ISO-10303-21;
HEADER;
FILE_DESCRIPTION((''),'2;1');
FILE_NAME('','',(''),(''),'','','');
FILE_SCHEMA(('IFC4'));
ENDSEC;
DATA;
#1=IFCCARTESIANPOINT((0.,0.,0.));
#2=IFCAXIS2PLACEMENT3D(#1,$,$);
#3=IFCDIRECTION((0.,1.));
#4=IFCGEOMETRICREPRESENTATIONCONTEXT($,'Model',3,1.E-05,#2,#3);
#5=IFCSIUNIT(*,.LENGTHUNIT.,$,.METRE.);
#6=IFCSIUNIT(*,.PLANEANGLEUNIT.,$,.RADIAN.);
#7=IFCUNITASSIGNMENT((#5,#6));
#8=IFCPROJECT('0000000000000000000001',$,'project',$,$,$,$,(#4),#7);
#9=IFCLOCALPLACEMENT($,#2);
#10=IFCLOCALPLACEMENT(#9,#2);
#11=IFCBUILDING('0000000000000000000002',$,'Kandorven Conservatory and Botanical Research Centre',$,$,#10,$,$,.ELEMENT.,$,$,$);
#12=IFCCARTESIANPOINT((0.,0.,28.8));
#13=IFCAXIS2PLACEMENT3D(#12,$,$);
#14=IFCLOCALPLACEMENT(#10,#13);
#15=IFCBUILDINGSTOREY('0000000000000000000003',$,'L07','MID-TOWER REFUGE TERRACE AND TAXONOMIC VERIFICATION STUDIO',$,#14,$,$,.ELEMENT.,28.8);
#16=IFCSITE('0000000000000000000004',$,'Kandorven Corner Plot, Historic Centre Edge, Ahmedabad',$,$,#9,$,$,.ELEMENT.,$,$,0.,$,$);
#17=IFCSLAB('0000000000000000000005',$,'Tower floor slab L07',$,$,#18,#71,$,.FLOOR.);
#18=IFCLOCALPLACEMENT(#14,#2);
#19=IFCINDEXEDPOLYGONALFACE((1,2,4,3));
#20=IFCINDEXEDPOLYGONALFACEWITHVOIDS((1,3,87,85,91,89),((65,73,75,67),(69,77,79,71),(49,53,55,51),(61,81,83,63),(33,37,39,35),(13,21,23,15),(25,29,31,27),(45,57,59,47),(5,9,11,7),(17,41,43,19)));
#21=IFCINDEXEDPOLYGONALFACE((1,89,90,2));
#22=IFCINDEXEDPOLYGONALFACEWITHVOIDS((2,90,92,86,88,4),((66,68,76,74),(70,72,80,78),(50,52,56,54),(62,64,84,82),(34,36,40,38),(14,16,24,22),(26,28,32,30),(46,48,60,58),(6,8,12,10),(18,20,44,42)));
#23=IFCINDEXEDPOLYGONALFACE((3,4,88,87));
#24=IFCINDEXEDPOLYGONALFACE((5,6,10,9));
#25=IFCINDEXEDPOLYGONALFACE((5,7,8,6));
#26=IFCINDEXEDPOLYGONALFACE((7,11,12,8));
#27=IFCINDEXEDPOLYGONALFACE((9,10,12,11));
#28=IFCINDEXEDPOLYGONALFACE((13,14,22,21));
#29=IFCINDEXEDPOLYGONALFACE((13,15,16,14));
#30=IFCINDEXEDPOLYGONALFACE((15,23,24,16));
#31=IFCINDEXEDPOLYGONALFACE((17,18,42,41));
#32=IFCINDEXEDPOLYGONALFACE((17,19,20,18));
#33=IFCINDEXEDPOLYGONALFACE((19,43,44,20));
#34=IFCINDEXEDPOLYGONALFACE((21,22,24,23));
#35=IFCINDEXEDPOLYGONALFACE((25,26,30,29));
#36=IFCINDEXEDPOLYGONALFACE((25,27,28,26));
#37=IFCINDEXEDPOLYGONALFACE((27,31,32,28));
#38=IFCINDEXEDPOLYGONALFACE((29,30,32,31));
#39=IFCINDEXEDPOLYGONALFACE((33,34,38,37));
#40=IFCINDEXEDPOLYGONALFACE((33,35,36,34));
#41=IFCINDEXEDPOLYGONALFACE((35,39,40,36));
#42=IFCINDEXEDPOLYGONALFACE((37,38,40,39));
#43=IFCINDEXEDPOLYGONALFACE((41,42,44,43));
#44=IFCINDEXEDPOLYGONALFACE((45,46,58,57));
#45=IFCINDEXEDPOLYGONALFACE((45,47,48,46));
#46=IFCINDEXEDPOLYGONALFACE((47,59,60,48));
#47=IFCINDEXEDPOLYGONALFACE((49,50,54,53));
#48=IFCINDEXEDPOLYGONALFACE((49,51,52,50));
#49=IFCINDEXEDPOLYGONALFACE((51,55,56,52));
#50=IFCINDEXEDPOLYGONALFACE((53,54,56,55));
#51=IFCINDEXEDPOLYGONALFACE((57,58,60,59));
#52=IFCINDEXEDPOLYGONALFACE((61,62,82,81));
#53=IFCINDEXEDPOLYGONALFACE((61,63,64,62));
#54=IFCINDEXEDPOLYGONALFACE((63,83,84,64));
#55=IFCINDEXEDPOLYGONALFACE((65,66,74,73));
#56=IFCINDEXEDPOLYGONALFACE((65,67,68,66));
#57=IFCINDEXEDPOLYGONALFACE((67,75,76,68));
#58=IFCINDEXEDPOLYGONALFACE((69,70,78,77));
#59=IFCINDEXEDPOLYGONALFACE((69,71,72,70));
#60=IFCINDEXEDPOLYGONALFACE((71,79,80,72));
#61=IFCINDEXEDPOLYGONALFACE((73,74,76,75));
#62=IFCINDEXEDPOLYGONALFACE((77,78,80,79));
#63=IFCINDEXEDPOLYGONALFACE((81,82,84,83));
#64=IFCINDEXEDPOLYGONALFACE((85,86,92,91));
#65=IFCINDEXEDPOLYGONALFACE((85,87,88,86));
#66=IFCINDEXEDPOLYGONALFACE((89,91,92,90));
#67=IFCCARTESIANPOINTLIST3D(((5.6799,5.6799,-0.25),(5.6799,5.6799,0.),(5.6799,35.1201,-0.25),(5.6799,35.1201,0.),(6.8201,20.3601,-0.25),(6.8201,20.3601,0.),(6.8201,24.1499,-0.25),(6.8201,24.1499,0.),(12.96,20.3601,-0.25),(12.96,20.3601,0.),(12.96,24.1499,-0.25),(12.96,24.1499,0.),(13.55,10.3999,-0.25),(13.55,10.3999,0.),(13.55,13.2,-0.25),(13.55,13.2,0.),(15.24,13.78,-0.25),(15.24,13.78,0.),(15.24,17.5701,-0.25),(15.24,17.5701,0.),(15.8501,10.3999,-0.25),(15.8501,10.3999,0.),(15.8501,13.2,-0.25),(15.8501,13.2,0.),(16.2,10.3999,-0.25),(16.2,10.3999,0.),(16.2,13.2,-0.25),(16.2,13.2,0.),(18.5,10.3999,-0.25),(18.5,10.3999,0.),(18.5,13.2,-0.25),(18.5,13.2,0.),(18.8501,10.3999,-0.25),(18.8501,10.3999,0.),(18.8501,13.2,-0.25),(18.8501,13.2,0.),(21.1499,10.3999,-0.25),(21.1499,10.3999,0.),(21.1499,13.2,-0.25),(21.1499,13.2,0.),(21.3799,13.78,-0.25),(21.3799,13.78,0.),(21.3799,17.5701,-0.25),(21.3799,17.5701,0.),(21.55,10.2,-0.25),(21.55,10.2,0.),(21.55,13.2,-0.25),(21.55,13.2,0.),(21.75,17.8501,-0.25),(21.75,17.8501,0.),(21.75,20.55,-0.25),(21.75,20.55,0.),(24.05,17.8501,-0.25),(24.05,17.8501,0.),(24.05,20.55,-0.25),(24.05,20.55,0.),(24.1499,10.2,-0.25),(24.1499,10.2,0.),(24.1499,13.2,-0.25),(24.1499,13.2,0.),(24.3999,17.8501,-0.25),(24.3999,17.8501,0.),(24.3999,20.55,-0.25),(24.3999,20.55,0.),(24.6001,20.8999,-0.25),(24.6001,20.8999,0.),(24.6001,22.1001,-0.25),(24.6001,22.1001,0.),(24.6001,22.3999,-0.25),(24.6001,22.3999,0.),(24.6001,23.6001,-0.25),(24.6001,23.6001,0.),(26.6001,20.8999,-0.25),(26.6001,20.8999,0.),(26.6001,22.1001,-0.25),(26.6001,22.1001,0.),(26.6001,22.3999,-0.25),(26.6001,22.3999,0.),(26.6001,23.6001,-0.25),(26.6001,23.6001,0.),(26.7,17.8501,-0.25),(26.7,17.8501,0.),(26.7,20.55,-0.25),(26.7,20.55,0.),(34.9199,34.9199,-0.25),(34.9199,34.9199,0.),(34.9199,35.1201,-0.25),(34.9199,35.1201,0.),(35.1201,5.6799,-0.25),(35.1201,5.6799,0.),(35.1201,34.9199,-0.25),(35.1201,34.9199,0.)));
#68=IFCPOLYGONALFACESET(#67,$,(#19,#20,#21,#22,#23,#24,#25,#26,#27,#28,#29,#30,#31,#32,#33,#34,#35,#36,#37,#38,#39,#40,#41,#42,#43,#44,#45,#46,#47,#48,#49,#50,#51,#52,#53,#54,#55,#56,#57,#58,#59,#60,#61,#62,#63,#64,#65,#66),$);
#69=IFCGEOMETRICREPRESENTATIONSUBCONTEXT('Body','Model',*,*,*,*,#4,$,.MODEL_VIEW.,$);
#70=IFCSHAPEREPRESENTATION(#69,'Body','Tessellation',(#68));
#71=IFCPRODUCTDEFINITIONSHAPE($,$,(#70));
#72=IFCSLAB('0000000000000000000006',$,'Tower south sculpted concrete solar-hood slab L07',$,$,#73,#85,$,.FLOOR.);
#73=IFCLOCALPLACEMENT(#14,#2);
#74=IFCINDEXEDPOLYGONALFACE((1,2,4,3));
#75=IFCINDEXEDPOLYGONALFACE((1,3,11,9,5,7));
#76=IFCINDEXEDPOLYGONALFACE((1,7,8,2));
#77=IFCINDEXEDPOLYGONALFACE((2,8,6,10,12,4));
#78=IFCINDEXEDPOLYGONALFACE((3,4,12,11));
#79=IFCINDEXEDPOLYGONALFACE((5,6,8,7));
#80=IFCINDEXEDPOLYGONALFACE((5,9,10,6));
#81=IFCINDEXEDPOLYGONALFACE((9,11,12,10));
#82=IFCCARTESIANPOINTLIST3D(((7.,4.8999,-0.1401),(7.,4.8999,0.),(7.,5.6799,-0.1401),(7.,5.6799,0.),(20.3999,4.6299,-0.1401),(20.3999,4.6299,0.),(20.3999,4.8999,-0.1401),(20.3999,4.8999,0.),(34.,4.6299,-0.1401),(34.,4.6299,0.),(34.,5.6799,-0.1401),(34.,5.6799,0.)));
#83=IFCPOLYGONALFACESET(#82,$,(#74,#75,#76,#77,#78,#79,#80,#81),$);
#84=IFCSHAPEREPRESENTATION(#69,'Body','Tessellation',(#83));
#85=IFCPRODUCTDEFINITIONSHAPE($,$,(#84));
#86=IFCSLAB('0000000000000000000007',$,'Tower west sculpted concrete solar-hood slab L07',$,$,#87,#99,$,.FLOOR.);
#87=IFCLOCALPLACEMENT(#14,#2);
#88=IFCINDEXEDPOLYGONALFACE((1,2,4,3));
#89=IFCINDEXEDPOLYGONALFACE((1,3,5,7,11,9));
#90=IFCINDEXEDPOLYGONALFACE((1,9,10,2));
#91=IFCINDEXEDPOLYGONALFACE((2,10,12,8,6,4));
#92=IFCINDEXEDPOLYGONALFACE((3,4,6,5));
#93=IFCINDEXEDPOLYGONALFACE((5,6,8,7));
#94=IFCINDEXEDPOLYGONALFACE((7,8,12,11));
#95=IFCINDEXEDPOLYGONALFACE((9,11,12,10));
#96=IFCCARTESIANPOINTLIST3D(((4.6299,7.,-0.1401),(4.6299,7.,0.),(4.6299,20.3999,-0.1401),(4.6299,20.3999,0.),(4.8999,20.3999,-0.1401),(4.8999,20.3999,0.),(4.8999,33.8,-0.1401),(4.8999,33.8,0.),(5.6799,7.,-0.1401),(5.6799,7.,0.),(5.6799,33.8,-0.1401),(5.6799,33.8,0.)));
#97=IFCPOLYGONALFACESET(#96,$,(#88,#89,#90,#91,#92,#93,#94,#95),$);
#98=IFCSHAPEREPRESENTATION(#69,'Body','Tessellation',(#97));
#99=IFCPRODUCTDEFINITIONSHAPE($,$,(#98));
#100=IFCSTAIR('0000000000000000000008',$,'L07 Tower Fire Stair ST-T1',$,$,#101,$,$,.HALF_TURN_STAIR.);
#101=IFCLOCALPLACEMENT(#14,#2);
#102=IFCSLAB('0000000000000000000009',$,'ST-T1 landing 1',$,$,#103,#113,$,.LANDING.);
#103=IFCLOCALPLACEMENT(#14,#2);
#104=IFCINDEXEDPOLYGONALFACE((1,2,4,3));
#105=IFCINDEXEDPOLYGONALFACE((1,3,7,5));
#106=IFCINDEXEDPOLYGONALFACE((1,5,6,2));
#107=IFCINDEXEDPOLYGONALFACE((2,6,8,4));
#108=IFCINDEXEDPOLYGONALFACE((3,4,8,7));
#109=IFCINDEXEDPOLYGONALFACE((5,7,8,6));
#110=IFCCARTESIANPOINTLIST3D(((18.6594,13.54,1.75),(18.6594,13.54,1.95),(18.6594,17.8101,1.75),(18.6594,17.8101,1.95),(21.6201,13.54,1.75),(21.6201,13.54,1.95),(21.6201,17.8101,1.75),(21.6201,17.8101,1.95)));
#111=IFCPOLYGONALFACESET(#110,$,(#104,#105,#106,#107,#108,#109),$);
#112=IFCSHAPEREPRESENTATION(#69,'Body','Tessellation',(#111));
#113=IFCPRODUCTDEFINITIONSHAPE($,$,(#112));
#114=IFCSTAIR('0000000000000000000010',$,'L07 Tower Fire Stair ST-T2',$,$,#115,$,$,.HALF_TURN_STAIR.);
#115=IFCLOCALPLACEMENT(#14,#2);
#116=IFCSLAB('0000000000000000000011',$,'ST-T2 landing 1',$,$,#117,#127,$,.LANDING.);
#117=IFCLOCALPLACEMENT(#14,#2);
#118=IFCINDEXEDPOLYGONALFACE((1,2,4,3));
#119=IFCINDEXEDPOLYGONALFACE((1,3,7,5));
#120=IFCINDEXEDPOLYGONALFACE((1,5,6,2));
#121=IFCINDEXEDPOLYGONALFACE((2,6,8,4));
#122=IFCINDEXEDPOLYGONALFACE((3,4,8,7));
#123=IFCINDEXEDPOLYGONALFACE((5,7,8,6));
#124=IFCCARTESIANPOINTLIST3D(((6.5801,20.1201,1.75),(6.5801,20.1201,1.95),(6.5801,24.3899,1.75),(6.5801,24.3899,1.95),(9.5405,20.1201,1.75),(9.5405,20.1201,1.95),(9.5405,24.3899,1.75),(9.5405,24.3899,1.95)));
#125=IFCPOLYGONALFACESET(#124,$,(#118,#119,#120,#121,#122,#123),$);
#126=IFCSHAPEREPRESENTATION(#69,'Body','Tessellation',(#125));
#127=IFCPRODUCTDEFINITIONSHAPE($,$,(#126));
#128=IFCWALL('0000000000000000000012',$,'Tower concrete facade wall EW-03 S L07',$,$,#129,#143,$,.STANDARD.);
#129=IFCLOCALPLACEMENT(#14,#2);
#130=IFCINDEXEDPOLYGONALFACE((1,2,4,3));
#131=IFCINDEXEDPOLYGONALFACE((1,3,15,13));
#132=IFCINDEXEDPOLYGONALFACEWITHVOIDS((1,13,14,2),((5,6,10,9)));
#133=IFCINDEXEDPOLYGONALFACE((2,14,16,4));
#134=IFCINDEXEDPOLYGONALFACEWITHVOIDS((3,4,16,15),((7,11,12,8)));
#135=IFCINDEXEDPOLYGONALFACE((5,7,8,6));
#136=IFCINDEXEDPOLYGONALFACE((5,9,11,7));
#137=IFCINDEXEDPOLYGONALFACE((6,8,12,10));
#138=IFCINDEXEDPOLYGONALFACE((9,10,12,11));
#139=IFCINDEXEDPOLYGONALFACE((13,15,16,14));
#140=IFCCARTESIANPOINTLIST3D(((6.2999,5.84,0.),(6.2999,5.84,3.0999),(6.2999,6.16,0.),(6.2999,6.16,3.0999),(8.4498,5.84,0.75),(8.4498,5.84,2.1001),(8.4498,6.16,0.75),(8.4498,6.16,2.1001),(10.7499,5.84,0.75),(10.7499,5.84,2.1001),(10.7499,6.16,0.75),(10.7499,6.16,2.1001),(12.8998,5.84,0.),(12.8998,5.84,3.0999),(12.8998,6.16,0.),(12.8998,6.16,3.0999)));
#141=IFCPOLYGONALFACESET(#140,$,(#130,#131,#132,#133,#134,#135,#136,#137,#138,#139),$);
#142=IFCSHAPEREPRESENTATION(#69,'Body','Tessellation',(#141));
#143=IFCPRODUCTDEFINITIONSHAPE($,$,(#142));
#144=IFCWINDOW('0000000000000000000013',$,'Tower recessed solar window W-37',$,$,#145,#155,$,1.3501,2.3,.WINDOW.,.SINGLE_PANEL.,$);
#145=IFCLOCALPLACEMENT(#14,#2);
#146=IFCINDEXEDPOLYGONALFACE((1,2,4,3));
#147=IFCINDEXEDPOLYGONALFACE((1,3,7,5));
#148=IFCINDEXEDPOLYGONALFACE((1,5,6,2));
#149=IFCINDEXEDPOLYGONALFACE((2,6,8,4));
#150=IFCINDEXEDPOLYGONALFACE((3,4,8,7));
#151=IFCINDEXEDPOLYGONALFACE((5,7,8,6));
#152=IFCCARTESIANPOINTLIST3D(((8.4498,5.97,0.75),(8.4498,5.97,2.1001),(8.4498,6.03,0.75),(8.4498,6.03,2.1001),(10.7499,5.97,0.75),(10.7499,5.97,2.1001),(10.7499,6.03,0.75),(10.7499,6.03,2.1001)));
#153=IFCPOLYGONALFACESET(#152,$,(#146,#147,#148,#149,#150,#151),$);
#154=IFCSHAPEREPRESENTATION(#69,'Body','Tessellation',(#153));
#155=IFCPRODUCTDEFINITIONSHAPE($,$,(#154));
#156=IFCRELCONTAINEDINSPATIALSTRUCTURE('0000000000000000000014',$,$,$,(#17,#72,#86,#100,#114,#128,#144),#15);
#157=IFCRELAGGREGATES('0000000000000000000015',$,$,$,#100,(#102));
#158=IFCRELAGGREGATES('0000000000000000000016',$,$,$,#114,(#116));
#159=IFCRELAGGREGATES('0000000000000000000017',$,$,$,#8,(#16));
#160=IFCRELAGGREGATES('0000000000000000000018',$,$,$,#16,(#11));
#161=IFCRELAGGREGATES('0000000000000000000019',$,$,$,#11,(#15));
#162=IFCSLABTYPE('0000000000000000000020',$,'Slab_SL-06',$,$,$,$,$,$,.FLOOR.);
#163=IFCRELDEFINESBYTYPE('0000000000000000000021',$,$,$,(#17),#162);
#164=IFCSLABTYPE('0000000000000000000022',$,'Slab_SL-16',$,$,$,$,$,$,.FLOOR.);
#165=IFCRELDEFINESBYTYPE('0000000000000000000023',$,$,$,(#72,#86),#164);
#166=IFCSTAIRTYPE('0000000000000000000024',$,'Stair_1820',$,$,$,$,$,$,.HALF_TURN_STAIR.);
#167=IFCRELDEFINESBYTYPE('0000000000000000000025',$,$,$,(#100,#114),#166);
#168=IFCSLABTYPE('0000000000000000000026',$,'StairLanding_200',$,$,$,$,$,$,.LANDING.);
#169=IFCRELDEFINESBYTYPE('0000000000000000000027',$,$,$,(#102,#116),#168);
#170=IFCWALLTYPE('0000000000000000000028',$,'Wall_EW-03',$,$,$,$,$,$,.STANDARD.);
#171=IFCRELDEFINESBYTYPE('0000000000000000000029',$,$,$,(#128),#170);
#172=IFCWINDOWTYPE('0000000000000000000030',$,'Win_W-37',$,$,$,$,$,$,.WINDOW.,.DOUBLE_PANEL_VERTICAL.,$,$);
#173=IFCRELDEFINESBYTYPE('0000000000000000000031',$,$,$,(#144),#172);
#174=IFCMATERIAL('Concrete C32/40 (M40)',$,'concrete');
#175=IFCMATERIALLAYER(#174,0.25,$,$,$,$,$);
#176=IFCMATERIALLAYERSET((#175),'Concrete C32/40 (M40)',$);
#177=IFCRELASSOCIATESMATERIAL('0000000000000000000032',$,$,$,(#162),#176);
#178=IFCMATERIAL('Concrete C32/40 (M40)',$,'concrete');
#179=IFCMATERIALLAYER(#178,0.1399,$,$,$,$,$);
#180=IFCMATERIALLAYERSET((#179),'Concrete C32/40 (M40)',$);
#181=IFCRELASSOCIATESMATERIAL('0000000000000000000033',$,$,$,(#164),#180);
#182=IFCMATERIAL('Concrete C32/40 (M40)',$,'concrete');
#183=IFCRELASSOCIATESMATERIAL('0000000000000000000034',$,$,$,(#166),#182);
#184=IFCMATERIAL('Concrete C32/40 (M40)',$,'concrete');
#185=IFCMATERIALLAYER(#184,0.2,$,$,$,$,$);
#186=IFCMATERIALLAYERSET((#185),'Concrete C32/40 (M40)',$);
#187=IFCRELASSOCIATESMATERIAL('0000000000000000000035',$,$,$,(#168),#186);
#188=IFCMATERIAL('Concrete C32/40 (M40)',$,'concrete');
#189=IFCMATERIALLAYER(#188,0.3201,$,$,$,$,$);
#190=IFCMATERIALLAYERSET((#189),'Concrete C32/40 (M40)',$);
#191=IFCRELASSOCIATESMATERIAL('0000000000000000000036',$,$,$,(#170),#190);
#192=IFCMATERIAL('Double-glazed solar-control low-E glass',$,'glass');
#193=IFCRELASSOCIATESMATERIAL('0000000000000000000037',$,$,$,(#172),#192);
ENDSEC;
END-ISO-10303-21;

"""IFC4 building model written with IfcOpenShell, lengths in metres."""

from ifc_helpers import new_model, si_unit, direction, frame, frame_2d, origin, place, context, subcontext, project, spatial, polyline, rectangle, outline, extrude, material, layer, layer_set, type_object, element, fill, aggregate, save


model = new_model("IFC4")

# Units and contexts
model_context = context("Model", 3, precision=1e-05, world=origin(), true_north=direction((0.0, 1.0)))
body_context = subcontext(model_context, "Body", "Model", "MODEL_VIEW")
ifc_project = project(units=[si_unit("LENGTHUNIT", "METRE"), si_unit("PLANEANGLEUNIT", "RADIAN")], contexts=[model_context])

# Site, building, storey
site_placement = place(None, origin())
site = spatial("IfcSite", under=ifc_project, at=site_placement, Name="Kandorven Corner Plot, Historic Centre Edge, Ahmedabad", CompositionType="ELEMENT", RefElevation=0.0)
building_placement = place(site_placement, origin())
building = spatial("IfcBuilding", under=site, at=building_placement, Name="Kandorven Conservatory and Botanical Research Centre", CompositionType="ELEMENT")
storey_placement = place(building_placement, frame((0.0, 0.0, 28.8)))
storey = spatial("IfcBuildingStorey", under=building, at=storey_placement, Name="L07", Description="MID-TOWER REFUGE TERRACE AND TAXONOMIC VERIFICATION STUDIO", CompositionType="ELEMENT", Elevation=28.8)

# Slabs
ifc_material_1 = material(Name="Concrete C32/40 (M40)", Category="concrete")
ifc_layer_1 = layer(ifc_material_1, 0.25)
ifc_layer_set_1 = layer_set([ifc_layer_1], Name="Concrete C32/40 (M40)")
slab_type_1 = type_object("IfcSlabType", Name="Slab_SL-06", PredefinedType="FLOOR", material=ifc_layer_set_1)
slab_1_placement = place(storey_placement, frame((0.0, 0.0, -0.25)))
element("IfcSlab", 1, at=slab_1_placement, inside=storey, type_object=slab_type_1, Name="Tower floor slab L07", PredefinedType="FLOOR", context=body_context, shape_type="SweptSolid", body=[
    extrude(outline(polyline([(5.6799, 5.6799), (35.1201, 5.6799), (35.1201, 34.9199), (34.9199, 34.9199), (34.9199, 35.1201), (5.6799, 35.1201), (5.6799, 5.6799)]), holes=[polyline([(15.24, 13.78), (21.3799, 13.78), (21.3799, 17.5701), (15.24, 17.5701), (15.24, 13.78)]), polyline([(12.96, 24.1499), (6.8201, 24.1499), (6.8201, 20.3601), (12.96, 20.3601), (12.96, 24.1499)]), polyline([(21.75, 17.8501), (24.05, 17.8501), (24.05, 20.55), (21.75, 20.55), (21.75, 17.8501)]), polyline([(24.3999, 17.8501), (26.7, 17.8501), (26.7, 20.55), (24.3999, 20.55), (24.3999, 17.8501)]), polyline([(13.55, 10.3999), (15.8501, 10.3999), (15.8501, 13.2), (13.55, 13.2), (13.55, 10.3999)]), polyline([(16.2, 10.3999), (18.5, 10.3999), (18.5, 13.2), (16.2, 13.2), (16.2, 10.3999)]), polyline([(18.8501, 10.3999), (21.1499, 10.3999), (21.1499, 13.2), (18.8501, 13.2), (18.8501, 10.3999)]), polyline([(21.55, 10.2), (24.1499, 10.2), (24.1499, 13.2), (21.55, 13.2), (21.55, 10.2)]), polyline([(24.6001, 20.8999), (26.6001, 20.8999), (26.6001, 22.1001), (24.6001, 22.1001), (24.6001, 20.8999)]), polyline([(24.6001, 22.3999), (26.6001, 22.3999), (26.6001, 23.6001), (24.6001, 23.6001), (24.6001, 22.3999)])]), origin(), (0.0, 0.0, 1.0), 0.25),
])
ifc_material_2 = material(Name="Concrete C32/40 (M40)", Category="concrete")
ifc_layer_2 = layer(ifc_material_2, 0.1399)
ifc_layer_set_2 = layer_set([ifc_layer_2], Name="Concrete C32/40 (M40)")
slab_type_2 = type_object("IfcSlabType", Name="Slab_SL-16", PredefinedType="FLOOR", material=ifc_layer_set_2)
slab_2_placement = place(storey_placement, frame((0.0, 0.0, -0.1401)))
element("IfcSlab", 2, at=slab_2_placement, inside=storey, type_object=slab_type_2, Name="Tower south sculpted concrete solar-hood slab L07", PredefinedType="FLOOR", context=body_context, shape_type="SweptSolid", body=[
    extrude(outline(polyline([(7.0, 5.6799), (34.0, 5.6799), (34.0, 4.6299), (20.3999, 4.6299), (20.3999, 4.8999), (7.0, 4.8999), (7.0, 5.6799)])), origin(), (0.0, 0.0, 1.0), 0.1401),
])
slab_3_placement = place(storey_placement, frame((0.0, 0.0, -0.1401)))
element("IfcSlab", 3, at=slab_3_placement, inside=storey, type_object=slab_type_2, Name="Tower west sculpted concrete solar-hood slab L07", PredefinedType="FLOOR", context=body_context, shape_type="SweptSolid", body=[
    extrude(outline(polyline([(4.6299, 7.0), (5.6799, 7.0), (5.6799, 33.8), (4.8999, 33.8), (4.8999, 20.3999), (4.6299, 20.3999), (4.6299, 7.0)])), origin(), (0.0, 0.0, 1.0), 0.1401),
])

# Stairs, slabs
ifc_material_3 = material(Name="Concrete C32/40 (M40)", Category="concrete")
stair_type = type_object("IfcStairType", Name="Stair_1820", PredefinedType="HALF_TURN_STAIR", material=ifc_material_3)
stair_1_placement = place(storey_placement, origin())
stair_1 = element("IfcStair", 4, at=stair_1_placement, inside=storey, type_object=stair_type, Name="L07 Tower Fire Stair ST-T1", PredefinedType="HALF_TURN_STAIR")
ifc_material_4 = material(Name="Concrete C32/40 (M40)", Category="concrete")
ifc_layer_3 = layer(ifc_material_4, 0.2)
ifc_layer_set_3 = layer_set([ifc_layer_3], Name="Concrete C32/40 (M40)")
slab_type_3 = type_object("IfcSlabType", Name="StairLanding_200", PredefinedType="LANDING", material=ifc_layer_set_3)
slab_4_placement = place(storey_placement, frame((0.0, 0.0, 1.75)))
slab_4 = element("IfcSlab", 5, at=slab_4_placement, type_object=slab_type_3, Name="ST-T1 landing 1", PredefinedType="LANDING", context=body_context, shape_type="SweptSolid", body=[
    extrude(outline(polyline([(18.6594, 13.54), (21.6201, 13.54), (21.6201, 17.8101), (18.6594, 17.8101), (18.6594, 13.54)])), origin(), (0.0, 0.0, 1.0), 0.2),
])
aggregate(stair_1, [slab_4])
stair_2_placement = place(storey_placement, origin())
stair_2 = element("IfcStair", 6, at=stair_2_placement, inside=storey, type_object=stair_type, Name="L07 Tower Fire Stair ST-T2", PredefinedType="HALF_TURN_STAIR")
slab_5_placement = place(storey_placement, frame((0.0, 0.0, 1.75)))
slab_5 = element("IfcSlab", 7, at=slab_5_placement, type_object=slab_type_3, Name="ST-T2 landing 1", PredefinedType="LANDING", context=body_context, shape_type="SweptSolid", body=[
    extrude(outline(polyline([(9.5405, 24.3899), (6.5801, 24.3899), (6.5801, 20.1201), (9.5405, 20.1201), (9.5405, 24.3899)])), origin(), (0.0, 0.0, 1.0), 0.2),
])
aggregate(stair_2, [slab_5])

# Wall, opening, window
ifc_material_5 = material(Name="Concrete C32/40 (M40)", Category="concrete")
ifc_layer_4 = layer(ifc_material_5, 0.3201)
ifc_layer_set_4 = layer_set([ifc_layer_4], Name="Concrete C32/40 (M40)")
wall_type_1 = type_object("IfcWallType", Name="Wall_EW-03", PredefinedType="STANDARD", material=ifc_layer_set_4)
wall_1_placement = place(storey_placement, frame((6.3, 6.0, 0.0), z_axis=(0.0, 0.0, 1.0), x_axis=(1.0, 0.0, 0.0)))
wall_1 = element("IfcWall", 8, at=wall_1_placement, inside=storey, type_object=wall_type_1, Name="Tower concrete facade wall EW-03 S L07", PredefinedType="STANDARD", context=body_context, shape_type="SweptSolid", body=[
    extrude(rectangle(XDim=6.5999, YDim=0.3201, at=frame_2d((3.2998, 0.0))), origin(), (0.0, 0.0, 1.0), 3.0999),
])
opening_1_placement = place(wall_1_placement, frame((2.1499, 0.0, 0.75)))
opening_1 = element("IfcOpeningElement", 9, at=opening_1_placement, cuts=wall_1, PredefinedType="OPENING", context=body_context, shape_type="SweptSolid", body=[
    extrude(rectangle(XDim=2.3, YDim=1.3501, at=frame_2d((1.1499, 0.675))), frame((0.0, 0.1699, 0.0), z_axis=(0.0, -1.0, 0.0), x_axis=(1.0, 0.0, 0.0)), (0.0, 0.0, 1.0), 0.3401),
])
ifc_material_6 = material(Name="Double-glazed solar-control low-E glass", Category="glass")
window_type_1 = type_object("IfcWindowType", Name="Win_W-37", PartitioningType="DOUBLE_PANEL_VERTICAL", PredefinedType="WINDOW", material=ifc_material_6)
window_1_placement = place(opening_1_placement, origin())
window_1 = element("IfcWindow", 10, at=window_1_placement, inside=storey, type_object=window_type_1, Name="Tower recessed solar window W-37", OverallHeight=1.3501, OverallWidth=2.3, PartitioningType="SINGLE_PANEL", PredefinedType="WINDOW", context=body_context, shape_type="SweptSolid", body=[
    extrude(rectangle(XDim=2.3, YDim=1.3501, at=frame_2d((1.1499, 0.675))), frame((0.0, 0.03, 0.0), z_axis=(0.0, -1.0, 0.0), x_axis=(1.0, 0.0, 0.0)), (0.0, 0.0, 1.0), 0.0601),
])
fill(opening_1, window_1)

save(model, "model.ifc")
